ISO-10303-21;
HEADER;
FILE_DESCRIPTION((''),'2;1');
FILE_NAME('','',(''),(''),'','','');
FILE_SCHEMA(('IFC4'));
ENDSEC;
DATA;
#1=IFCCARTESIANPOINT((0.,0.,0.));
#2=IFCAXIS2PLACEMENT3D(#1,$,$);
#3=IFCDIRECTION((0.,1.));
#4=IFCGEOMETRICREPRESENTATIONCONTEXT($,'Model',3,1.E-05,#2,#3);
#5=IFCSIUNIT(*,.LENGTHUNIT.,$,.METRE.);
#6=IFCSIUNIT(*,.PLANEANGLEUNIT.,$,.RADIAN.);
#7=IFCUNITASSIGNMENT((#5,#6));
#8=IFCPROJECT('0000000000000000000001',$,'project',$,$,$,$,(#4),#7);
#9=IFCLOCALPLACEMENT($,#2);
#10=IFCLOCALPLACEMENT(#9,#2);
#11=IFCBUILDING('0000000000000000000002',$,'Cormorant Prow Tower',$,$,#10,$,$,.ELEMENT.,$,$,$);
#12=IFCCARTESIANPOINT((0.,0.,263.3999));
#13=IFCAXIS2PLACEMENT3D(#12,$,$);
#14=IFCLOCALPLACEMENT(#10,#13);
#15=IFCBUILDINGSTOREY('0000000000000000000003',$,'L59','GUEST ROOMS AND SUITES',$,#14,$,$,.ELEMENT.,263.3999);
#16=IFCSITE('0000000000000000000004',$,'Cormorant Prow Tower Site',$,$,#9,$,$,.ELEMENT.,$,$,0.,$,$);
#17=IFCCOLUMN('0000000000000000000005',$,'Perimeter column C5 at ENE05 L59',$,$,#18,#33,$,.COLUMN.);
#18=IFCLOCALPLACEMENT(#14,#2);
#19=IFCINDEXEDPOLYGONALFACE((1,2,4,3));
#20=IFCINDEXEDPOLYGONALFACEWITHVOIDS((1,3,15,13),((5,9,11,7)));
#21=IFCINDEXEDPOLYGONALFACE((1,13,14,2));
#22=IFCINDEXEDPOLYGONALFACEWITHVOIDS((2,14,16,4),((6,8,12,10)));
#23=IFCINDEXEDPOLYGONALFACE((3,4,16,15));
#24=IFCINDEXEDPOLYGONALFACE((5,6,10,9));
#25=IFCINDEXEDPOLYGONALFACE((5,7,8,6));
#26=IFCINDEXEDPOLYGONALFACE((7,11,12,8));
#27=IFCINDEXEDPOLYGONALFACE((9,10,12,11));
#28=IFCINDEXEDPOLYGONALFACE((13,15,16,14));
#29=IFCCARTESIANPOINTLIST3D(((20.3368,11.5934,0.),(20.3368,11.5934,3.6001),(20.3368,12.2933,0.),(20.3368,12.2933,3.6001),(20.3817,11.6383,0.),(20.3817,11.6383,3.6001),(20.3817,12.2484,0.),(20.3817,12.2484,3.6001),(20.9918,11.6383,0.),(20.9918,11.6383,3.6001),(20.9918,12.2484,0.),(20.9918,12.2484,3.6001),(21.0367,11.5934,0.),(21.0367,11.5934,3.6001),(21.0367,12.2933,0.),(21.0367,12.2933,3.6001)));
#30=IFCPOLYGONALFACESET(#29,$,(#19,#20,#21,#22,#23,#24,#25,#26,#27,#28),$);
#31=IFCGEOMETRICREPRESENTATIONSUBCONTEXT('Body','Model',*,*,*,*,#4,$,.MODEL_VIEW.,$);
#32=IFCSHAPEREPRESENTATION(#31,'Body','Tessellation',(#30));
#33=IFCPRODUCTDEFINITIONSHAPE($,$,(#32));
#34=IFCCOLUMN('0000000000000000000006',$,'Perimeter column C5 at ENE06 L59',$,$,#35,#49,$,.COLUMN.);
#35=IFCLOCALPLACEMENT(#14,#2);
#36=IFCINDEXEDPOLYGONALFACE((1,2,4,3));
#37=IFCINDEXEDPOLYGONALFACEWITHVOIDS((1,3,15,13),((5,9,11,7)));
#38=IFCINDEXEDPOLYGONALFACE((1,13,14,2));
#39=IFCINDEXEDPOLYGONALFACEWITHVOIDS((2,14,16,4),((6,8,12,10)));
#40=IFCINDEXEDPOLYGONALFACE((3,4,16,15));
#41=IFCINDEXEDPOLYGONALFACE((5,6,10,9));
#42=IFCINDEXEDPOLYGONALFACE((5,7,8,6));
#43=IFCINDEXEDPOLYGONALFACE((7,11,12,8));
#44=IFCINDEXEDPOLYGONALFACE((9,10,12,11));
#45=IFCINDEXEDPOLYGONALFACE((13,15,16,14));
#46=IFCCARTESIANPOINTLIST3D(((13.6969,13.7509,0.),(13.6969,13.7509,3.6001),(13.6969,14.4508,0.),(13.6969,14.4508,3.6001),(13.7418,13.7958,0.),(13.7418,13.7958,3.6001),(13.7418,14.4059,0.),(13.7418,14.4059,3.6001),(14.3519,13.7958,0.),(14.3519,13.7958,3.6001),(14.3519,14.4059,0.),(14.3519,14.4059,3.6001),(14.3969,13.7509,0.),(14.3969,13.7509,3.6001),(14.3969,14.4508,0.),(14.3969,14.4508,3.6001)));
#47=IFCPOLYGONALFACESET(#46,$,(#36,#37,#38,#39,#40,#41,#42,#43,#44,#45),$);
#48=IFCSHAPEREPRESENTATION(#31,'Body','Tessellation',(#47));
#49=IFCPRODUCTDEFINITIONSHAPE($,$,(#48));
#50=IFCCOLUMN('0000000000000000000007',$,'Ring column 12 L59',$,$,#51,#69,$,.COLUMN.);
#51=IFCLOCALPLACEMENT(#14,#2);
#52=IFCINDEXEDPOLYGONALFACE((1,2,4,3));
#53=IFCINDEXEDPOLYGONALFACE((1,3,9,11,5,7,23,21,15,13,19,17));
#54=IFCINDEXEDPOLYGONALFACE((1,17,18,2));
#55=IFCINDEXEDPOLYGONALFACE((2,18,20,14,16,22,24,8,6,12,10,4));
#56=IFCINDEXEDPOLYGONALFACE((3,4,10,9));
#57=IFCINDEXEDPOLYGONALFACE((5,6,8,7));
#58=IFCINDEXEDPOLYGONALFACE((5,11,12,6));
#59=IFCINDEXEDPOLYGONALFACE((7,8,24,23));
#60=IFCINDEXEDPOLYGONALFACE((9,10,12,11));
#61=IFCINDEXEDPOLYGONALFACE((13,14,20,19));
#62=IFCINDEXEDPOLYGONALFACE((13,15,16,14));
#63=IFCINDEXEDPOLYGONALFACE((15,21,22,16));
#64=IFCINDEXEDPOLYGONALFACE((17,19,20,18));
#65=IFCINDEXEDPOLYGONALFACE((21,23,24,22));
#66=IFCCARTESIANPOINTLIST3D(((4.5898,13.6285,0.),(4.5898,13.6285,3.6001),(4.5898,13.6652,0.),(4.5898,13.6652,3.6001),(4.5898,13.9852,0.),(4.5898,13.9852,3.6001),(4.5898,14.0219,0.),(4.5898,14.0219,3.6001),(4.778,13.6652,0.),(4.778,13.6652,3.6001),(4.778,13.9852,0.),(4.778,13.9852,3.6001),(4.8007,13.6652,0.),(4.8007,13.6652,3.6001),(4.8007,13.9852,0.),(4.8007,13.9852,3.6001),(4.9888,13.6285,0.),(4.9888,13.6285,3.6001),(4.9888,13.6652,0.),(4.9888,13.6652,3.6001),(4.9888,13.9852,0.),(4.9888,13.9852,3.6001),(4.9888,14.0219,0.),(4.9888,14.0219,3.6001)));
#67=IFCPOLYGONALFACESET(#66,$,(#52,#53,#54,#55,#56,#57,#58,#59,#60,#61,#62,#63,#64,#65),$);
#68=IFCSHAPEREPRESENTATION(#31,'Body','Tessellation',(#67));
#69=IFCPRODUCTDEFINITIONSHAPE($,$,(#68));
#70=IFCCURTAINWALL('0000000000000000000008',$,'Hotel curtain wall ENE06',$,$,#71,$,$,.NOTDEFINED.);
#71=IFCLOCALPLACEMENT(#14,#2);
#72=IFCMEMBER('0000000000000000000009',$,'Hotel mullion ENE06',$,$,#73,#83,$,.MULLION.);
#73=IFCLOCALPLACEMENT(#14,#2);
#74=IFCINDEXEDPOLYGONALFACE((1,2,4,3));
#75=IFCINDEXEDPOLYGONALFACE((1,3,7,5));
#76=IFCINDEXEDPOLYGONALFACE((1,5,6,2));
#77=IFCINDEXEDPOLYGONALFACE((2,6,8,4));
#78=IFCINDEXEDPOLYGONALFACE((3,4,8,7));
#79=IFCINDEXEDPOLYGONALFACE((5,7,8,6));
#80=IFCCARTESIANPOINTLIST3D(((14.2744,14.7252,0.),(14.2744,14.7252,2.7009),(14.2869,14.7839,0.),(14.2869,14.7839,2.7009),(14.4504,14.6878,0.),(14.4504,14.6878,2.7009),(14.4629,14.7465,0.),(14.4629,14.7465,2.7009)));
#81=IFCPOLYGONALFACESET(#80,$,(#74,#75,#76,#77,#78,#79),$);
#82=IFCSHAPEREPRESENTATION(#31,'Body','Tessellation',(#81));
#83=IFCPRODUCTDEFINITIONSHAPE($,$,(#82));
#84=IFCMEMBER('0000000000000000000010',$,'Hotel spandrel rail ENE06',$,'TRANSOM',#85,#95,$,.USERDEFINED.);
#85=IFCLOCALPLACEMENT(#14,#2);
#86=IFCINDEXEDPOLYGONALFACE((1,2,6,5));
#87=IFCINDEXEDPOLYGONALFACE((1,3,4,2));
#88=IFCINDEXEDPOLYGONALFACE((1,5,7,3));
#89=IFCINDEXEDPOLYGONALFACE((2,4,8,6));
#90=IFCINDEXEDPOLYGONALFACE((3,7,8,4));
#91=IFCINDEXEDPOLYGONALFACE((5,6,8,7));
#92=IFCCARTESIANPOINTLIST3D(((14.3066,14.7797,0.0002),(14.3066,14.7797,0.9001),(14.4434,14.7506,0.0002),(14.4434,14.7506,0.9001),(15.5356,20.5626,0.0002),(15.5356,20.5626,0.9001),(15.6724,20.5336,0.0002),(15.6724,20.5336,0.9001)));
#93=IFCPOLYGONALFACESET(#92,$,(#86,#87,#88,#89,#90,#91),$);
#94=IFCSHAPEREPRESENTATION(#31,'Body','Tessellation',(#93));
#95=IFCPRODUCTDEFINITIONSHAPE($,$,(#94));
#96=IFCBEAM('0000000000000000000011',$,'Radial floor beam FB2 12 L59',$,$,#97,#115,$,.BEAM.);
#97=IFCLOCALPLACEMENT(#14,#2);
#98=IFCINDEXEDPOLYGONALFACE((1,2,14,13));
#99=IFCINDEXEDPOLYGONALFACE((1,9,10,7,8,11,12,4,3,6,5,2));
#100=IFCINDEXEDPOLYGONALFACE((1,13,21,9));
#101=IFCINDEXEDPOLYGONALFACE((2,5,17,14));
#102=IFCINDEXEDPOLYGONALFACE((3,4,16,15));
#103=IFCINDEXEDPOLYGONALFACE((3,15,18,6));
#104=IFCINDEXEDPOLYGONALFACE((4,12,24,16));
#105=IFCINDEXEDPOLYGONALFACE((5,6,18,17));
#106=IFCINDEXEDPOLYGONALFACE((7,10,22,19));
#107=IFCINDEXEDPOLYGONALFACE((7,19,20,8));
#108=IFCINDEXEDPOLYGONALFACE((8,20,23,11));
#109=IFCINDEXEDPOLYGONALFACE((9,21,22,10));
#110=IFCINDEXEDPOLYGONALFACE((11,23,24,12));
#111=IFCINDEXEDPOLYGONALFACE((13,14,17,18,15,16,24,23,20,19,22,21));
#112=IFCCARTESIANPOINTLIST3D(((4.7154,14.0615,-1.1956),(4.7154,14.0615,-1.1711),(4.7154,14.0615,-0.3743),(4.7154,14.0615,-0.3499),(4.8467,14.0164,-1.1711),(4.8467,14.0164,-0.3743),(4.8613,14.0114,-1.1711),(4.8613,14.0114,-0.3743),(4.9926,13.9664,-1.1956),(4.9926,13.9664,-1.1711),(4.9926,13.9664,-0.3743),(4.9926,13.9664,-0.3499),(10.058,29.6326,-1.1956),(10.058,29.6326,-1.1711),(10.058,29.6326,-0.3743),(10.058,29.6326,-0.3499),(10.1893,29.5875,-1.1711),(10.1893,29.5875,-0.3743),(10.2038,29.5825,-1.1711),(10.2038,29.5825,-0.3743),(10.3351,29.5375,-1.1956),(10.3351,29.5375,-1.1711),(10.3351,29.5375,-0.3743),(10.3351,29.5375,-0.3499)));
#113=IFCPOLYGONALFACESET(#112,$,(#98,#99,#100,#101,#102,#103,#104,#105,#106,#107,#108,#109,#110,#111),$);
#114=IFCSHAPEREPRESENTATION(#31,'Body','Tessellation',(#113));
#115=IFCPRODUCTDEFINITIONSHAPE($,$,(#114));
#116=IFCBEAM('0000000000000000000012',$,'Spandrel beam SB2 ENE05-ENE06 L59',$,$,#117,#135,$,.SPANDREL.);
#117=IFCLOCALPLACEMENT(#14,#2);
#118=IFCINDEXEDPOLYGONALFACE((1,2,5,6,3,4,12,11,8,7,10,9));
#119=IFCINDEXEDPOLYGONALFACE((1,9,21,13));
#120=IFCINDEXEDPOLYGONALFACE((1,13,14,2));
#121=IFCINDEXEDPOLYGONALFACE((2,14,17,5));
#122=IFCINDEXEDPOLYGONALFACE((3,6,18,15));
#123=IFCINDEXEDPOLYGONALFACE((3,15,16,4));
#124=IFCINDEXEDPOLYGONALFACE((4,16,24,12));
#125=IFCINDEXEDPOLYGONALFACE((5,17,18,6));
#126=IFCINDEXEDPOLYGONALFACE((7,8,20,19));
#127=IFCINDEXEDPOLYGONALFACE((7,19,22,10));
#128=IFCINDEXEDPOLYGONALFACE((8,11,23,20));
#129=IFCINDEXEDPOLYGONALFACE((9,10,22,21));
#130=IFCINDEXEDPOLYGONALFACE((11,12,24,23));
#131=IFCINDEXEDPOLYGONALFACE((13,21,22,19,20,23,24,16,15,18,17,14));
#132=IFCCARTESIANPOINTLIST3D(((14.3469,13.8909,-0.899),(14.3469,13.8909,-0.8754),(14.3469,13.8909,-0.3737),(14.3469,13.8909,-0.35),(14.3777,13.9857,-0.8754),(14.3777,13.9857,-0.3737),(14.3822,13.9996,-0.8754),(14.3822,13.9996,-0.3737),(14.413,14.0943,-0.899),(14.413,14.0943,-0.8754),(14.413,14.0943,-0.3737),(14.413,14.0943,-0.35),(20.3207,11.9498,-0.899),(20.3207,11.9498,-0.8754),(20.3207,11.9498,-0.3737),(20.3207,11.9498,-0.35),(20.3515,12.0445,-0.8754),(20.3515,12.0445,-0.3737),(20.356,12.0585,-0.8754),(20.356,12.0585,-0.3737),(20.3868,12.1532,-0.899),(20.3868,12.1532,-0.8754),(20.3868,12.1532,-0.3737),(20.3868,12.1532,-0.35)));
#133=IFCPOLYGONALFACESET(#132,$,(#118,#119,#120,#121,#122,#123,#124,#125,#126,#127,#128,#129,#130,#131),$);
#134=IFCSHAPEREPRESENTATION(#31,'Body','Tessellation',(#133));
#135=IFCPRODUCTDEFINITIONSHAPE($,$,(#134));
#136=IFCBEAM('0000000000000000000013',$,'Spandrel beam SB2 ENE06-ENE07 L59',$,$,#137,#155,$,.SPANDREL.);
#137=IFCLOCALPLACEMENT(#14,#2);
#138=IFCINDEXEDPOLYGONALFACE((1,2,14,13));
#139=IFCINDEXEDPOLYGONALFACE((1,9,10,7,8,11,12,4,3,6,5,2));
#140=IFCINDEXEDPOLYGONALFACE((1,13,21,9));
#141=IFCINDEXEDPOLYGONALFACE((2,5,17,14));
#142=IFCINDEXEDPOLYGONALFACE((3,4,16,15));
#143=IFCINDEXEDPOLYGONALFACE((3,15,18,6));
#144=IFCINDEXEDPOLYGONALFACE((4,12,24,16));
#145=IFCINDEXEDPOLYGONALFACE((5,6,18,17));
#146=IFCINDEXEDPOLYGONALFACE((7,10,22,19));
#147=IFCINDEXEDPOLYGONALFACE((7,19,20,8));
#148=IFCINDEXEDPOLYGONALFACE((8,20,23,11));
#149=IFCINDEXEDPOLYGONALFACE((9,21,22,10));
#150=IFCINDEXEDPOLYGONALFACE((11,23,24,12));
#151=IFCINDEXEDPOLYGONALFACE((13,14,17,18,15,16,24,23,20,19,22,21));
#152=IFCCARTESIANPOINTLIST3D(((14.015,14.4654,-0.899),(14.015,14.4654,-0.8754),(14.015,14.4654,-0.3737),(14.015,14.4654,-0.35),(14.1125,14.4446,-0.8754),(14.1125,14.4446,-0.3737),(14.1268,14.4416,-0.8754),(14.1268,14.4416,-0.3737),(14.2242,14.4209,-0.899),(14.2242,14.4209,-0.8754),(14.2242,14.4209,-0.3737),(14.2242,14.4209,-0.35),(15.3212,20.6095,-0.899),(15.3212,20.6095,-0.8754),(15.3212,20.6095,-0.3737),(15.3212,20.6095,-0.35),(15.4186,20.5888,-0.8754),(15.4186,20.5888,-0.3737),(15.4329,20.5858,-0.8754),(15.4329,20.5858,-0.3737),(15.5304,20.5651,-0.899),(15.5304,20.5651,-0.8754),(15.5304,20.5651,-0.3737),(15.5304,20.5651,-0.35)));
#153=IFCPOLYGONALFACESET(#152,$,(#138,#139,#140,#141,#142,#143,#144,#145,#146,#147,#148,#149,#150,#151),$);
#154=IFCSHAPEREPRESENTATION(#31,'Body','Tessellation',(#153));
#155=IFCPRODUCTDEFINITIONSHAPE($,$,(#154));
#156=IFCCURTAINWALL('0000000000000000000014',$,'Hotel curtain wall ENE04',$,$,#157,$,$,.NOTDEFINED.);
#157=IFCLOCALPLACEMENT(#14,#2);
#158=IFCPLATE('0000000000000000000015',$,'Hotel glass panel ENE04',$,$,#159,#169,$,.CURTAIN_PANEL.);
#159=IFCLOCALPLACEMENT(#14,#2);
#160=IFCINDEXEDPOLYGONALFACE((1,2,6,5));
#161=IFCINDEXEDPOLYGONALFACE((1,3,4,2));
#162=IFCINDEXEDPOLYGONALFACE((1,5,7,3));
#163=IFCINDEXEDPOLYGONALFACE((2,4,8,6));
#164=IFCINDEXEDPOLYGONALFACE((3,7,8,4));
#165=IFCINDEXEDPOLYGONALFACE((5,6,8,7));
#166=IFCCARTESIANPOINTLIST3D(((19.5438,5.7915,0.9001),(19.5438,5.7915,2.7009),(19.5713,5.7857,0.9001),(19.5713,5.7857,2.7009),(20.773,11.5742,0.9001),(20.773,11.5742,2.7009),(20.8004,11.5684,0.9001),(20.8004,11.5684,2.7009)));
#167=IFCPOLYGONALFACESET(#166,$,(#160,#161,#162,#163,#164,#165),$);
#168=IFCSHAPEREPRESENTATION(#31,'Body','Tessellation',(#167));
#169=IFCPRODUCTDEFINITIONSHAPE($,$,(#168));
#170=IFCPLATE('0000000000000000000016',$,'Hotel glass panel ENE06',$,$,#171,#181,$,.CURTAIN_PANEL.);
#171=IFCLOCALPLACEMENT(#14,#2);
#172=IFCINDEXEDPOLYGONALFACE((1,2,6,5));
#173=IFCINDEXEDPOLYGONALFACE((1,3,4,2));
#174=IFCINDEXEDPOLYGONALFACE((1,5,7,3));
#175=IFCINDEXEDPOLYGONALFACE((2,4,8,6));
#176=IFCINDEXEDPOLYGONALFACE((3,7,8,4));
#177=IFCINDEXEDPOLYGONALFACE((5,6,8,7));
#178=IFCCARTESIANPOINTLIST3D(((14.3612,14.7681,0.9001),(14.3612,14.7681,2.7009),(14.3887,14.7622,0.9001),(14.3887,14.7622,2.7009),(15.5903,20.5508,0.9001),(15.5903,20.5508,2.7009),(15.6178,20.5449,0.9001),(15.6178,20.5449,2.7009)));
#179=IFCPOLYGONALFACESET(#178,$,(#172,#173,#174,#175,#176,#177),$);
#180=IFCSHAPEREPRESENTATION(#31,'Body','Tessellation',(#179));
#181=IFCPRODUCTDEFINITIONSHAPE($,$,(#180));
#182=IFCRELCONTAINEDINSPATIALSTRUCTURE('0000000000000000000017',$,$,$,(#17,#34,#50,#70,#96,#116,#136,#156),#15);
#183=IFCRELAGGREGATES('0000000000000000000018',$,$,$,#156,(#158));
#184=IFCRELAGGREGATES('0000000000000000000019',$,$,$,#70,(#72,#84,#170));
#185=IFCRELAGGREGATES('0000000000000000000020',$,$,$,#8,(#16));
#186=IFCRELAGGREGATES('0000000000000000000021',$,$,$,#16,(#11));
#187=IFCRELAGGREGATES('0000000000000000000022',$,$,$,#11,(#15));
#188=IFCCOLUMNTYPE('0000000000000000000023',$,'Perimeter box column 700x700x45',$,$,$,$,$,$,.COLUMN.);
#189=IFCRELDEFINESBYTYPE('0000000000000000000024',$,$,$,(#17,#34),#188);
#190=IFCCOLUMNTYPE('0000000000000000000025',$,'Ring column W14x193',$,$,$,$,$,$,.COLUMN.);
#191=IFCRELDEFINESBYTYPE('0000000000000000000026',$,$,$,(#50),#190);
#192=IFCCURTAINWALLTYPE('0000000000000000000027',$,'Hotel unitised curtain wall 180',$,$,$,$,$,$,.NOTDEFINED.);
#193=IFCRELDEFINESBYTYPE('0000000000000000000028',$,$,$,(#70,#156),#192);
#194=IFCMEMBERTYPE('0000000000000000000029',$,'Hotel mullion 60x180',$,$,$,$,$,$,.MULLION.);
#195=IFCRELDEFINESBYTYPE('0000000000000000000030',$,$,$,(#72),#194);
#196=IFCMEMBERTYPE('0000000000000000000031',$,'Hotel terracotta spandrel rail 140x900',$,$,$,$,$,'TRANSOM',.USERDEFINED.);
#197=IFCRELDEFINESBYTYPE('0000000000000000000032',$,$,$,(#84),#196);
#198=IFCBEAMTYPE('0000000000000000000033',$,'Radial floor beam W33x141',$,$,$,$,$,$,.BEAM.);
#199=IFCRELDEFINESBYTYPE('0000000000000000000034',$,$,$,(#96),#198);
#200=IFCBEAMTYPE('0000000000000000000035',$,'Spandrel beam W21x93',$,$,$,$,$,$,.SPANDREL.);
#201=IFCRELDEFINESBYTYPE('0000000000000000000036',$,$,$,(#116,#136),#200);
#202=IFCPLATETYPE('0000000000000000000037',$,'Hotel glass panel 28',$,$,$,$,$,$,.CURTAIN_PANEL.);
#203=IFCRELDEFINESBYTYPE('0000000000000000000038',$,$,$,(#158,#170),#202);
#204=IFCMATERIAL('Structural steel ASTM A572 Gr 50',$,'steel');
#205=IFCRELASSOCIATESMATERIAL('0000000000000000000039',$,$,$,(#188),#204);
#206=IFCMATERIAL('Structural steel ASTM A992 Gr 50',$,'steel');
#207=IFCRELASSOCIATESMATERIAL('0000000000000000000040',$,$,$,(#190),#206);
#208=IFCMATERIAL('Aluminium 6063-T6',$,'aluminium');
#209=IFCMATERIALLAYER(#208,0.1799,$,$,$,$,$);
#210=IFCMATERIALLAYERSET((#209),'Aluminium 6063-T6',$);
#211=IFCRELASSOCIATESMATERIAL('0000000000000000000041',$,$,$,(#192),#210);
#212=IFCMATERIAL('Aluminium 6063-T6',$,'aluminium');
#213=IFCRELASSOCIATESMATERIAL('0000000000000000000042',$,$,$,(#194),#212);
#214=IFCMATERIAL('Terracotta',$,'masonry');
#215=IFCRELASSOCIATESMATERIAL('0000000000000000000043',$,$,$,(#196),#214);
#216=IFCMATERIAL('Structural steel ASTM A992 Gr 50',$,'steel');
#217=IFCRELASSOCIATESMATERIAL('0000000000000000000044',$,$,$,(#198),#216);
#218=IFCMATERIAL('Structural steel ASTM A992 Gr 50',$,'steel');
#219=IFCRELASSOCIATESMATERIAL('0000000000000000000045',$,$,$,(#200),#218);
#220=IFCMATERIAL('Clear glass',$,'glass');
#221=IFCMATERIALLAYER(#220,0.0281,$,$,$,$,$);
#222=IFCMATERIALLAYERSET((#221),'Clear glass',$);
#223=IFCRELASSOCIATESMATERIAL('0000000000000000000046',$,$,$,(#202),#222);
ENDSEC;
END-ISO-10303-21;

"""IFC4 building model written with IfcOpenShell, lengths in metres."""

from ifc_helpers import new_model, si_unit, direction, frame, origin, origin_2d, place, context, subcontext, project, spatial, rectangle, hollow_rectangle, i_section, extrude, material, layer, layer_set, material_profile, profile_set, type_object, element, aggregate, save


model = new_model("IFC4")

# Units and contexts
model_context = context("Model", 3, precision=1e-05, world=origin(), true_north=direction((0.0, 1.0)))
body_context = subcontext(model_context, "Body", "Model", "MODEL_VIEW")
ifc_project = project(units=[si_unit("LENGTHUNIT", "METRE"), si_unit("PLANEANGLEUNIT", "RADIAN")], contexts=[model_context])

# Site, building, storey
site_placement = place(None, origin())
site = spatial("IfcSite", under=ifc_project, at=site_placement, Name="Cormorant Prow Tower Site", CompositionType="ELEMENT", RefElevation=0.0)
building_placement = place(site_placement, origin())
building = spatial("IfcBuilding", under=site, at=building_placement, Name="Cormorant Prow Tower", CompositionType="ELEMENT")
storey_placement = place(building_placement, frame((0.0, 0.0, 263.3999)))
storey = spatial("IfcBuildingStorey", under=building, at=storey_placement, Name="L59", Description="GUEST ROOMS AND SUITES", CompositionType="ELEMENT", Elevation=263.3999)

# Columns
ifc_material_1 = material(Name="Structural steel ASTM A572 Gr 50", Category="steel")
ifc_material_profile_1 = material_profile(ifc_material_1, hollow_rectangle(XDim=0.7, YDim=0.7, WallThickness=0.0449, at=origin_2d()), Name="Box 700x700x45")
ifc_profile_set_1 = profile_set([ifc_material_profile_1], Name="Structural steel ASTM A572 Gr 50")
column_type_1 = type_object("IfcColumnType", Name="Perimeter box column 700x700x45", PredefinedType="COLUMN", material=ifc_profile_set_1)
for number, where, z_axis, x_axis, name in (
    (1, (20.6868, 11.9434, 0.0), (0.0, 0.0, 1.0), (1.0, 0.0, 0.0), "Perimeter column C5 at ENE05 L59"),
    (2, (14.0469, 14.1008, 0.0), (0.0, 0.0, 1.0), (1.0, 0.0, 0.0), "Perimeter column C5 at ENE06 L59"),
):
    element("IfcColumn", number, at=place(storey_placement, frame(where, z_axis=z_axis, x_axis=x_axis)), inside=storey, type_object=column_type_1, Name=name, PredefinedType="COLUMN", context=body_context, shape_type="SweptSolid", body=[
        extrude(hollow_rectangle(XDim=0.7, YDim=0.7, WallThickness=0.0449, at=origin_2d()), origin(), (0.0, 0.0, 1.0), 3.6001),
    ])
ifc_material_2 = material(Name="Structural steel ASTM A992 Gr 50", Category="steel")
ifc_material_profile_2 = material_profile(ifc_material_2, i_section(OverallWidth=0.3989, OverallDepth=0.3933, WebThickness=0.0227, FlangeThickness=0.0366, at=origin_2d()), Name="W14x193")
ifc_profile_set_2 = profile_set([ifc_material_profile_2], Name="Structural steel ASTM A992 Gr 50")
column_type_2 = type_object("IfcColumnType", Name="Ring column W14x193", PredefinedType="COLUMN", material=ifc_profile_set_2)
column_placement = place(storey_placement, frame((4.7893, 13.8252, 0.0), z_axis=(0.0, 0.0, 1.0), x_axis=(1.0, 0.0, 0.0)))
element("IfcColumn", 3, at=column_placement, inside=storey, type_object=column_type_2, Name="Ring column 12 L59", PredefinedType="COLUMN", context=body_context, shape_type="SweptSolid", body=[
    extrude(i_section(OverallWidth=0.3989, OverallDepth=0.3933, WebThickness=0.0227, FlangeThickness=0.0366, at=origin_2d()), origin(), (0.0, 0.0, 1.0), 3.6001),
])

# Curtain wall, members
ifc_material_3 = material(Name="Aluminium 6063-T6", Category="aluminium")
ifc_layer_1 = layer(ifc_material_3, 0.1799)
ifc_layer_set_1 = layer_set([ifc_layer_1], Name="Aluminium 6063-T6")
curtain_wall_type = type_object("IfcCurtainWallType", Name="Hotel unitised curtain wall 180", PredefinedType="NOTDEFINED", material=ifc_layer_set_1)
curtain_wall_1_placement = place(storey_placement, origin())
curtain_wall_1 = element("IfcCurtainWall", 4, at=curtain_wall_1_placement, inside=storey, type_object=curtain_wall_type, Name="Hotel curtain wall ENE06", PredefinedType="NOTDEFINED")
ifc_material_4 = material(Name="Aluminium 6063-T6", Category="aluminium")
ifc_material_profile_3 = material_profile(ifc_material_4, rectangle(XDim=0.1799, YDim=0.0601, at=origin_2d()), Name="Hotel mullion 60x180")
ifc_profile_set_3 = profile_set([ifc_material_profile_3], Name="Aluminium 6063-T6")
member_type_1 = type_object("IfcMemberType", Name="Hotel mullion 60x180", PredefinedType="MULLION", material=ifc_profile_set_3)
member_1_placement = place(storey_placement, frame((14.3687, 14.7358, 0.0), z_axis=(0.0, 0.0, 1.0), x_axis=(-0.978148, 0.207912, 0.0)))
member_1 = element("IfcMember", 5, at=member_1_placement, type_object=member_type_1, Name="Hotel mullion ENE06", PredefinedType="MULLION", context=body_context, shape_type="SweptSolid", body=[
    extrude(rectangle(XDim=0.1799, YDim=0.0601, at=origin_2d()), origin(), (0.0, 0.0, 1.0), 2.7009),
])
ifc_material_5 = material(Name="Terracotta", Category="masonry")
ifc_material_profile_4 = material_profile(ifc_material_5, rectangle(XDim=0.1399, YDim=0.8999, at=origin_2d()), Name="Hotel terracotta spandrel rail 140x900")
ifc_profile_set_4 = profile_set([ifc_material_profile_4], Name="Terracotta")
member_type_2 = type_object("IfcMemberType", Name="Hotel terracotta spandrel rail 140x900", ElementType="TRANSOM", PredefinedType="USERDEFINED", material=ifc_profile_set_4)
member_2_placement = place(storey_placement, frame((14.375, 14.7651, 0.4502), z_axis=(0.207879, 0.978155, 0.0), x_axis=(-0.978155, 0.207879, 0.0)))
member_2 = element("IfcMember", 6, at=member_2_placement, type_object=member_type_2, Name="Hotel spandrel rail ENE06", ObjectType="TRANSOM", PredefinedType="USERDEFINED", context=body_context, shape_type="SweptSolid", body=[
    extrude(rectangle(XDim=0.1399, YDim=0.8999, at=origin_2d()), origin(), (0.0, 0.0, 1.0), 5.9121),
])

# Beams
ifc_material_6 = material(Name="Structural steel ASTM A992 Gr 50", Category="steel")
ifc_material_profile_5 = material_profile(ifc_material_6, i_section(OverallWidth=0.293, OverallDepth=0.8457, WebThickness=0.0154, FlangeThickness=0.0244, at=origin_2d()), Name="W33x141")
ifc_profile_set_5 = profile_set([ifc_material_profile_5], Name="Structural steel ASTM A992 Gr 50")
beam_type_1 = type_object("IfcBeamType", Name="Radial floor beam W33x141", PredefinedType="BEAM", material=ifc_profile_set_5)
beam_1_placement = place(storey_placement, frame((4.854, 14.0139, -0.7727), z_axis=(0.324536, 0.945874, 0.0), x_axis=(-0.945874, 0.324536, 0.0)))
element("IfcBeam", 7, at=beam_1_placement, inside=storey, type_object=beam_type_1, Name="Radial floor beam FB2 12 L59", PredefinedType="BEAM", context=body_context, shape_type="SweptSolid", body=[
    extrude(i_section(OverallWidth=0.293, OverallDepth=0.8457, WebThickness=0.0154, FlangeThickness=0.0244, at=origin_2d()), origin(), (0.0, 0.0, 1.0), 16.4622),
])
ifc_material_7 = material(Name="Structural steel ASTM A992 Gr 50", Category="steel")
ifc_material_profile_6 = material_profile(ifc_material_7, i_section(OverallWidth=0.2139, OverallDepth=0.5491, WebThickness=0.0146, FlangeThickness=0.0237, at=origin_2d()), Name="W21x93")
ifc_profile_set_6 = profile_set([ifc_material_profile_6], Name="Structural steel ASTM A992 Gr 50")
beam_type_2 = type_object("IfcBeamType", Name="Spandrel beam W21x93", PredefinedType="SPANDREL", material=ifc_profile_set_6)
beam_2_placement = place(storey_placement, frame((20.3538, 12.0515, -0.6245), z_axis=(-0.95105, 0.309036, 0.0), x_axis=(-0.309036, -0.95105, 0.0)))
element("IfcBeam", 8, at=beam_2_placement, inside=storey, type_object=beam_type_2, Name="Spandrel beam SB2 ENE05-ENE06 L59", PredefinedType="SPANDREL", context=body_context, shape_type="SweptSolid", body=[
    extrude(i_section(OverallWidth=0.2139, OverallDepth=0.5491, WebThickness=0.0146, FlangeThickness=0.0237, at=origin_2d()), origin(), (0.0, 0.0, 1.0), 6.2812),
])
beam_3_placement = place(storey_placement, frame((14.1196, 14.4431, -0.6245), z_axis=(0.207934, 0.978143, 0.0), x_axis=(-0.978143, 0.207934, 0.0)))
element("IfcBeam", 9, at=beam_3_placement, inside=storey, type_object=beam_type_2, Name="Spandrel beam SB2 ENE06-ENE07 L59", PredefinedType="SPANDREL", context=body_context, shape_type="SweptSolid", body=[
    extrude(i_section(OverallWidth=0.2139, OverallDepth=0.5491, WebThickness=0.0146, FlangeThickness=0.0237, at=origin_2d()), origin(), (0.0, 0.0, 1.0), 6.2815),
])

# Curtain wall, plate
curtain_wall_2_placement = place(storey_placement, origin())
curtain_wall_2 = element("IfcCurtainWall", 10, at=curtain_wall_2_placement, inside=storey, type_object=curtain_wall_type, Name="Hotel curtain wall ENE04", PredefinedType="NOTDEFINED")
ifc_material_8 = material(Name="Clear glass", Category="glass")
ifc_layer_2 = layer(ifc_material_8, 0.0281)
ifc_layer_set_2 = layer_set([ifc_layer_2], Name="Clear glass")
plate_type = type_object("IfcPlateType", Name="Hotel glass panel 28", PredefinedType="CURTAIN_PANEL", material=ifc_layer_set_2)
plate_1_placement = place(storey_placement, frame((20.1721, 8.6799, 0.9001), z_axis=(0.0, 0.0, 1.0), x_axis=(0.207912, 0.978148, 0.0)))
plate_1 = element("IfcPlate", 11, at=plate_1_placement, type_object=plate_type, Name="Hotel glass panel ENE04", PredefinedType="CURTAIN_PANEL", context=body_context, shape_type="SweptSolid", body=[
    extrude(rectangle(XDim=5.9119, YDim=0.0281, at=origin_2d()), origin(), (0.0, 0.0, 1.0), 1.8008),
])
aggregate(curtain_wall_2, [plate_1])

# Plate
plate_2_placement = place(storey_placement, frame((14.9895, 17.6565, 0.9001), z_axis=(0.0, 0.0, 1.0), x_axis=(0.207912, 0.978148, 0.0)))
plate_2 = element("IfcPlate", 12, at=plate_2_placement, type_object=plate_type, Name="Hotel glass panel ENE06", PredefinedType="CURTAIN_PANEL", context=body_context, shape_type="SweptSolid", body=[
    extrude(rectangle(XDim=5.9119, YDim=0.0281, at=origin_2d()), origin(), (0.0, 0.0, 1.0), 1.8008),
])
aggregate(curtain_wall_1, [member_1, member_2, plate_2])

save(model, "model.ifc")
